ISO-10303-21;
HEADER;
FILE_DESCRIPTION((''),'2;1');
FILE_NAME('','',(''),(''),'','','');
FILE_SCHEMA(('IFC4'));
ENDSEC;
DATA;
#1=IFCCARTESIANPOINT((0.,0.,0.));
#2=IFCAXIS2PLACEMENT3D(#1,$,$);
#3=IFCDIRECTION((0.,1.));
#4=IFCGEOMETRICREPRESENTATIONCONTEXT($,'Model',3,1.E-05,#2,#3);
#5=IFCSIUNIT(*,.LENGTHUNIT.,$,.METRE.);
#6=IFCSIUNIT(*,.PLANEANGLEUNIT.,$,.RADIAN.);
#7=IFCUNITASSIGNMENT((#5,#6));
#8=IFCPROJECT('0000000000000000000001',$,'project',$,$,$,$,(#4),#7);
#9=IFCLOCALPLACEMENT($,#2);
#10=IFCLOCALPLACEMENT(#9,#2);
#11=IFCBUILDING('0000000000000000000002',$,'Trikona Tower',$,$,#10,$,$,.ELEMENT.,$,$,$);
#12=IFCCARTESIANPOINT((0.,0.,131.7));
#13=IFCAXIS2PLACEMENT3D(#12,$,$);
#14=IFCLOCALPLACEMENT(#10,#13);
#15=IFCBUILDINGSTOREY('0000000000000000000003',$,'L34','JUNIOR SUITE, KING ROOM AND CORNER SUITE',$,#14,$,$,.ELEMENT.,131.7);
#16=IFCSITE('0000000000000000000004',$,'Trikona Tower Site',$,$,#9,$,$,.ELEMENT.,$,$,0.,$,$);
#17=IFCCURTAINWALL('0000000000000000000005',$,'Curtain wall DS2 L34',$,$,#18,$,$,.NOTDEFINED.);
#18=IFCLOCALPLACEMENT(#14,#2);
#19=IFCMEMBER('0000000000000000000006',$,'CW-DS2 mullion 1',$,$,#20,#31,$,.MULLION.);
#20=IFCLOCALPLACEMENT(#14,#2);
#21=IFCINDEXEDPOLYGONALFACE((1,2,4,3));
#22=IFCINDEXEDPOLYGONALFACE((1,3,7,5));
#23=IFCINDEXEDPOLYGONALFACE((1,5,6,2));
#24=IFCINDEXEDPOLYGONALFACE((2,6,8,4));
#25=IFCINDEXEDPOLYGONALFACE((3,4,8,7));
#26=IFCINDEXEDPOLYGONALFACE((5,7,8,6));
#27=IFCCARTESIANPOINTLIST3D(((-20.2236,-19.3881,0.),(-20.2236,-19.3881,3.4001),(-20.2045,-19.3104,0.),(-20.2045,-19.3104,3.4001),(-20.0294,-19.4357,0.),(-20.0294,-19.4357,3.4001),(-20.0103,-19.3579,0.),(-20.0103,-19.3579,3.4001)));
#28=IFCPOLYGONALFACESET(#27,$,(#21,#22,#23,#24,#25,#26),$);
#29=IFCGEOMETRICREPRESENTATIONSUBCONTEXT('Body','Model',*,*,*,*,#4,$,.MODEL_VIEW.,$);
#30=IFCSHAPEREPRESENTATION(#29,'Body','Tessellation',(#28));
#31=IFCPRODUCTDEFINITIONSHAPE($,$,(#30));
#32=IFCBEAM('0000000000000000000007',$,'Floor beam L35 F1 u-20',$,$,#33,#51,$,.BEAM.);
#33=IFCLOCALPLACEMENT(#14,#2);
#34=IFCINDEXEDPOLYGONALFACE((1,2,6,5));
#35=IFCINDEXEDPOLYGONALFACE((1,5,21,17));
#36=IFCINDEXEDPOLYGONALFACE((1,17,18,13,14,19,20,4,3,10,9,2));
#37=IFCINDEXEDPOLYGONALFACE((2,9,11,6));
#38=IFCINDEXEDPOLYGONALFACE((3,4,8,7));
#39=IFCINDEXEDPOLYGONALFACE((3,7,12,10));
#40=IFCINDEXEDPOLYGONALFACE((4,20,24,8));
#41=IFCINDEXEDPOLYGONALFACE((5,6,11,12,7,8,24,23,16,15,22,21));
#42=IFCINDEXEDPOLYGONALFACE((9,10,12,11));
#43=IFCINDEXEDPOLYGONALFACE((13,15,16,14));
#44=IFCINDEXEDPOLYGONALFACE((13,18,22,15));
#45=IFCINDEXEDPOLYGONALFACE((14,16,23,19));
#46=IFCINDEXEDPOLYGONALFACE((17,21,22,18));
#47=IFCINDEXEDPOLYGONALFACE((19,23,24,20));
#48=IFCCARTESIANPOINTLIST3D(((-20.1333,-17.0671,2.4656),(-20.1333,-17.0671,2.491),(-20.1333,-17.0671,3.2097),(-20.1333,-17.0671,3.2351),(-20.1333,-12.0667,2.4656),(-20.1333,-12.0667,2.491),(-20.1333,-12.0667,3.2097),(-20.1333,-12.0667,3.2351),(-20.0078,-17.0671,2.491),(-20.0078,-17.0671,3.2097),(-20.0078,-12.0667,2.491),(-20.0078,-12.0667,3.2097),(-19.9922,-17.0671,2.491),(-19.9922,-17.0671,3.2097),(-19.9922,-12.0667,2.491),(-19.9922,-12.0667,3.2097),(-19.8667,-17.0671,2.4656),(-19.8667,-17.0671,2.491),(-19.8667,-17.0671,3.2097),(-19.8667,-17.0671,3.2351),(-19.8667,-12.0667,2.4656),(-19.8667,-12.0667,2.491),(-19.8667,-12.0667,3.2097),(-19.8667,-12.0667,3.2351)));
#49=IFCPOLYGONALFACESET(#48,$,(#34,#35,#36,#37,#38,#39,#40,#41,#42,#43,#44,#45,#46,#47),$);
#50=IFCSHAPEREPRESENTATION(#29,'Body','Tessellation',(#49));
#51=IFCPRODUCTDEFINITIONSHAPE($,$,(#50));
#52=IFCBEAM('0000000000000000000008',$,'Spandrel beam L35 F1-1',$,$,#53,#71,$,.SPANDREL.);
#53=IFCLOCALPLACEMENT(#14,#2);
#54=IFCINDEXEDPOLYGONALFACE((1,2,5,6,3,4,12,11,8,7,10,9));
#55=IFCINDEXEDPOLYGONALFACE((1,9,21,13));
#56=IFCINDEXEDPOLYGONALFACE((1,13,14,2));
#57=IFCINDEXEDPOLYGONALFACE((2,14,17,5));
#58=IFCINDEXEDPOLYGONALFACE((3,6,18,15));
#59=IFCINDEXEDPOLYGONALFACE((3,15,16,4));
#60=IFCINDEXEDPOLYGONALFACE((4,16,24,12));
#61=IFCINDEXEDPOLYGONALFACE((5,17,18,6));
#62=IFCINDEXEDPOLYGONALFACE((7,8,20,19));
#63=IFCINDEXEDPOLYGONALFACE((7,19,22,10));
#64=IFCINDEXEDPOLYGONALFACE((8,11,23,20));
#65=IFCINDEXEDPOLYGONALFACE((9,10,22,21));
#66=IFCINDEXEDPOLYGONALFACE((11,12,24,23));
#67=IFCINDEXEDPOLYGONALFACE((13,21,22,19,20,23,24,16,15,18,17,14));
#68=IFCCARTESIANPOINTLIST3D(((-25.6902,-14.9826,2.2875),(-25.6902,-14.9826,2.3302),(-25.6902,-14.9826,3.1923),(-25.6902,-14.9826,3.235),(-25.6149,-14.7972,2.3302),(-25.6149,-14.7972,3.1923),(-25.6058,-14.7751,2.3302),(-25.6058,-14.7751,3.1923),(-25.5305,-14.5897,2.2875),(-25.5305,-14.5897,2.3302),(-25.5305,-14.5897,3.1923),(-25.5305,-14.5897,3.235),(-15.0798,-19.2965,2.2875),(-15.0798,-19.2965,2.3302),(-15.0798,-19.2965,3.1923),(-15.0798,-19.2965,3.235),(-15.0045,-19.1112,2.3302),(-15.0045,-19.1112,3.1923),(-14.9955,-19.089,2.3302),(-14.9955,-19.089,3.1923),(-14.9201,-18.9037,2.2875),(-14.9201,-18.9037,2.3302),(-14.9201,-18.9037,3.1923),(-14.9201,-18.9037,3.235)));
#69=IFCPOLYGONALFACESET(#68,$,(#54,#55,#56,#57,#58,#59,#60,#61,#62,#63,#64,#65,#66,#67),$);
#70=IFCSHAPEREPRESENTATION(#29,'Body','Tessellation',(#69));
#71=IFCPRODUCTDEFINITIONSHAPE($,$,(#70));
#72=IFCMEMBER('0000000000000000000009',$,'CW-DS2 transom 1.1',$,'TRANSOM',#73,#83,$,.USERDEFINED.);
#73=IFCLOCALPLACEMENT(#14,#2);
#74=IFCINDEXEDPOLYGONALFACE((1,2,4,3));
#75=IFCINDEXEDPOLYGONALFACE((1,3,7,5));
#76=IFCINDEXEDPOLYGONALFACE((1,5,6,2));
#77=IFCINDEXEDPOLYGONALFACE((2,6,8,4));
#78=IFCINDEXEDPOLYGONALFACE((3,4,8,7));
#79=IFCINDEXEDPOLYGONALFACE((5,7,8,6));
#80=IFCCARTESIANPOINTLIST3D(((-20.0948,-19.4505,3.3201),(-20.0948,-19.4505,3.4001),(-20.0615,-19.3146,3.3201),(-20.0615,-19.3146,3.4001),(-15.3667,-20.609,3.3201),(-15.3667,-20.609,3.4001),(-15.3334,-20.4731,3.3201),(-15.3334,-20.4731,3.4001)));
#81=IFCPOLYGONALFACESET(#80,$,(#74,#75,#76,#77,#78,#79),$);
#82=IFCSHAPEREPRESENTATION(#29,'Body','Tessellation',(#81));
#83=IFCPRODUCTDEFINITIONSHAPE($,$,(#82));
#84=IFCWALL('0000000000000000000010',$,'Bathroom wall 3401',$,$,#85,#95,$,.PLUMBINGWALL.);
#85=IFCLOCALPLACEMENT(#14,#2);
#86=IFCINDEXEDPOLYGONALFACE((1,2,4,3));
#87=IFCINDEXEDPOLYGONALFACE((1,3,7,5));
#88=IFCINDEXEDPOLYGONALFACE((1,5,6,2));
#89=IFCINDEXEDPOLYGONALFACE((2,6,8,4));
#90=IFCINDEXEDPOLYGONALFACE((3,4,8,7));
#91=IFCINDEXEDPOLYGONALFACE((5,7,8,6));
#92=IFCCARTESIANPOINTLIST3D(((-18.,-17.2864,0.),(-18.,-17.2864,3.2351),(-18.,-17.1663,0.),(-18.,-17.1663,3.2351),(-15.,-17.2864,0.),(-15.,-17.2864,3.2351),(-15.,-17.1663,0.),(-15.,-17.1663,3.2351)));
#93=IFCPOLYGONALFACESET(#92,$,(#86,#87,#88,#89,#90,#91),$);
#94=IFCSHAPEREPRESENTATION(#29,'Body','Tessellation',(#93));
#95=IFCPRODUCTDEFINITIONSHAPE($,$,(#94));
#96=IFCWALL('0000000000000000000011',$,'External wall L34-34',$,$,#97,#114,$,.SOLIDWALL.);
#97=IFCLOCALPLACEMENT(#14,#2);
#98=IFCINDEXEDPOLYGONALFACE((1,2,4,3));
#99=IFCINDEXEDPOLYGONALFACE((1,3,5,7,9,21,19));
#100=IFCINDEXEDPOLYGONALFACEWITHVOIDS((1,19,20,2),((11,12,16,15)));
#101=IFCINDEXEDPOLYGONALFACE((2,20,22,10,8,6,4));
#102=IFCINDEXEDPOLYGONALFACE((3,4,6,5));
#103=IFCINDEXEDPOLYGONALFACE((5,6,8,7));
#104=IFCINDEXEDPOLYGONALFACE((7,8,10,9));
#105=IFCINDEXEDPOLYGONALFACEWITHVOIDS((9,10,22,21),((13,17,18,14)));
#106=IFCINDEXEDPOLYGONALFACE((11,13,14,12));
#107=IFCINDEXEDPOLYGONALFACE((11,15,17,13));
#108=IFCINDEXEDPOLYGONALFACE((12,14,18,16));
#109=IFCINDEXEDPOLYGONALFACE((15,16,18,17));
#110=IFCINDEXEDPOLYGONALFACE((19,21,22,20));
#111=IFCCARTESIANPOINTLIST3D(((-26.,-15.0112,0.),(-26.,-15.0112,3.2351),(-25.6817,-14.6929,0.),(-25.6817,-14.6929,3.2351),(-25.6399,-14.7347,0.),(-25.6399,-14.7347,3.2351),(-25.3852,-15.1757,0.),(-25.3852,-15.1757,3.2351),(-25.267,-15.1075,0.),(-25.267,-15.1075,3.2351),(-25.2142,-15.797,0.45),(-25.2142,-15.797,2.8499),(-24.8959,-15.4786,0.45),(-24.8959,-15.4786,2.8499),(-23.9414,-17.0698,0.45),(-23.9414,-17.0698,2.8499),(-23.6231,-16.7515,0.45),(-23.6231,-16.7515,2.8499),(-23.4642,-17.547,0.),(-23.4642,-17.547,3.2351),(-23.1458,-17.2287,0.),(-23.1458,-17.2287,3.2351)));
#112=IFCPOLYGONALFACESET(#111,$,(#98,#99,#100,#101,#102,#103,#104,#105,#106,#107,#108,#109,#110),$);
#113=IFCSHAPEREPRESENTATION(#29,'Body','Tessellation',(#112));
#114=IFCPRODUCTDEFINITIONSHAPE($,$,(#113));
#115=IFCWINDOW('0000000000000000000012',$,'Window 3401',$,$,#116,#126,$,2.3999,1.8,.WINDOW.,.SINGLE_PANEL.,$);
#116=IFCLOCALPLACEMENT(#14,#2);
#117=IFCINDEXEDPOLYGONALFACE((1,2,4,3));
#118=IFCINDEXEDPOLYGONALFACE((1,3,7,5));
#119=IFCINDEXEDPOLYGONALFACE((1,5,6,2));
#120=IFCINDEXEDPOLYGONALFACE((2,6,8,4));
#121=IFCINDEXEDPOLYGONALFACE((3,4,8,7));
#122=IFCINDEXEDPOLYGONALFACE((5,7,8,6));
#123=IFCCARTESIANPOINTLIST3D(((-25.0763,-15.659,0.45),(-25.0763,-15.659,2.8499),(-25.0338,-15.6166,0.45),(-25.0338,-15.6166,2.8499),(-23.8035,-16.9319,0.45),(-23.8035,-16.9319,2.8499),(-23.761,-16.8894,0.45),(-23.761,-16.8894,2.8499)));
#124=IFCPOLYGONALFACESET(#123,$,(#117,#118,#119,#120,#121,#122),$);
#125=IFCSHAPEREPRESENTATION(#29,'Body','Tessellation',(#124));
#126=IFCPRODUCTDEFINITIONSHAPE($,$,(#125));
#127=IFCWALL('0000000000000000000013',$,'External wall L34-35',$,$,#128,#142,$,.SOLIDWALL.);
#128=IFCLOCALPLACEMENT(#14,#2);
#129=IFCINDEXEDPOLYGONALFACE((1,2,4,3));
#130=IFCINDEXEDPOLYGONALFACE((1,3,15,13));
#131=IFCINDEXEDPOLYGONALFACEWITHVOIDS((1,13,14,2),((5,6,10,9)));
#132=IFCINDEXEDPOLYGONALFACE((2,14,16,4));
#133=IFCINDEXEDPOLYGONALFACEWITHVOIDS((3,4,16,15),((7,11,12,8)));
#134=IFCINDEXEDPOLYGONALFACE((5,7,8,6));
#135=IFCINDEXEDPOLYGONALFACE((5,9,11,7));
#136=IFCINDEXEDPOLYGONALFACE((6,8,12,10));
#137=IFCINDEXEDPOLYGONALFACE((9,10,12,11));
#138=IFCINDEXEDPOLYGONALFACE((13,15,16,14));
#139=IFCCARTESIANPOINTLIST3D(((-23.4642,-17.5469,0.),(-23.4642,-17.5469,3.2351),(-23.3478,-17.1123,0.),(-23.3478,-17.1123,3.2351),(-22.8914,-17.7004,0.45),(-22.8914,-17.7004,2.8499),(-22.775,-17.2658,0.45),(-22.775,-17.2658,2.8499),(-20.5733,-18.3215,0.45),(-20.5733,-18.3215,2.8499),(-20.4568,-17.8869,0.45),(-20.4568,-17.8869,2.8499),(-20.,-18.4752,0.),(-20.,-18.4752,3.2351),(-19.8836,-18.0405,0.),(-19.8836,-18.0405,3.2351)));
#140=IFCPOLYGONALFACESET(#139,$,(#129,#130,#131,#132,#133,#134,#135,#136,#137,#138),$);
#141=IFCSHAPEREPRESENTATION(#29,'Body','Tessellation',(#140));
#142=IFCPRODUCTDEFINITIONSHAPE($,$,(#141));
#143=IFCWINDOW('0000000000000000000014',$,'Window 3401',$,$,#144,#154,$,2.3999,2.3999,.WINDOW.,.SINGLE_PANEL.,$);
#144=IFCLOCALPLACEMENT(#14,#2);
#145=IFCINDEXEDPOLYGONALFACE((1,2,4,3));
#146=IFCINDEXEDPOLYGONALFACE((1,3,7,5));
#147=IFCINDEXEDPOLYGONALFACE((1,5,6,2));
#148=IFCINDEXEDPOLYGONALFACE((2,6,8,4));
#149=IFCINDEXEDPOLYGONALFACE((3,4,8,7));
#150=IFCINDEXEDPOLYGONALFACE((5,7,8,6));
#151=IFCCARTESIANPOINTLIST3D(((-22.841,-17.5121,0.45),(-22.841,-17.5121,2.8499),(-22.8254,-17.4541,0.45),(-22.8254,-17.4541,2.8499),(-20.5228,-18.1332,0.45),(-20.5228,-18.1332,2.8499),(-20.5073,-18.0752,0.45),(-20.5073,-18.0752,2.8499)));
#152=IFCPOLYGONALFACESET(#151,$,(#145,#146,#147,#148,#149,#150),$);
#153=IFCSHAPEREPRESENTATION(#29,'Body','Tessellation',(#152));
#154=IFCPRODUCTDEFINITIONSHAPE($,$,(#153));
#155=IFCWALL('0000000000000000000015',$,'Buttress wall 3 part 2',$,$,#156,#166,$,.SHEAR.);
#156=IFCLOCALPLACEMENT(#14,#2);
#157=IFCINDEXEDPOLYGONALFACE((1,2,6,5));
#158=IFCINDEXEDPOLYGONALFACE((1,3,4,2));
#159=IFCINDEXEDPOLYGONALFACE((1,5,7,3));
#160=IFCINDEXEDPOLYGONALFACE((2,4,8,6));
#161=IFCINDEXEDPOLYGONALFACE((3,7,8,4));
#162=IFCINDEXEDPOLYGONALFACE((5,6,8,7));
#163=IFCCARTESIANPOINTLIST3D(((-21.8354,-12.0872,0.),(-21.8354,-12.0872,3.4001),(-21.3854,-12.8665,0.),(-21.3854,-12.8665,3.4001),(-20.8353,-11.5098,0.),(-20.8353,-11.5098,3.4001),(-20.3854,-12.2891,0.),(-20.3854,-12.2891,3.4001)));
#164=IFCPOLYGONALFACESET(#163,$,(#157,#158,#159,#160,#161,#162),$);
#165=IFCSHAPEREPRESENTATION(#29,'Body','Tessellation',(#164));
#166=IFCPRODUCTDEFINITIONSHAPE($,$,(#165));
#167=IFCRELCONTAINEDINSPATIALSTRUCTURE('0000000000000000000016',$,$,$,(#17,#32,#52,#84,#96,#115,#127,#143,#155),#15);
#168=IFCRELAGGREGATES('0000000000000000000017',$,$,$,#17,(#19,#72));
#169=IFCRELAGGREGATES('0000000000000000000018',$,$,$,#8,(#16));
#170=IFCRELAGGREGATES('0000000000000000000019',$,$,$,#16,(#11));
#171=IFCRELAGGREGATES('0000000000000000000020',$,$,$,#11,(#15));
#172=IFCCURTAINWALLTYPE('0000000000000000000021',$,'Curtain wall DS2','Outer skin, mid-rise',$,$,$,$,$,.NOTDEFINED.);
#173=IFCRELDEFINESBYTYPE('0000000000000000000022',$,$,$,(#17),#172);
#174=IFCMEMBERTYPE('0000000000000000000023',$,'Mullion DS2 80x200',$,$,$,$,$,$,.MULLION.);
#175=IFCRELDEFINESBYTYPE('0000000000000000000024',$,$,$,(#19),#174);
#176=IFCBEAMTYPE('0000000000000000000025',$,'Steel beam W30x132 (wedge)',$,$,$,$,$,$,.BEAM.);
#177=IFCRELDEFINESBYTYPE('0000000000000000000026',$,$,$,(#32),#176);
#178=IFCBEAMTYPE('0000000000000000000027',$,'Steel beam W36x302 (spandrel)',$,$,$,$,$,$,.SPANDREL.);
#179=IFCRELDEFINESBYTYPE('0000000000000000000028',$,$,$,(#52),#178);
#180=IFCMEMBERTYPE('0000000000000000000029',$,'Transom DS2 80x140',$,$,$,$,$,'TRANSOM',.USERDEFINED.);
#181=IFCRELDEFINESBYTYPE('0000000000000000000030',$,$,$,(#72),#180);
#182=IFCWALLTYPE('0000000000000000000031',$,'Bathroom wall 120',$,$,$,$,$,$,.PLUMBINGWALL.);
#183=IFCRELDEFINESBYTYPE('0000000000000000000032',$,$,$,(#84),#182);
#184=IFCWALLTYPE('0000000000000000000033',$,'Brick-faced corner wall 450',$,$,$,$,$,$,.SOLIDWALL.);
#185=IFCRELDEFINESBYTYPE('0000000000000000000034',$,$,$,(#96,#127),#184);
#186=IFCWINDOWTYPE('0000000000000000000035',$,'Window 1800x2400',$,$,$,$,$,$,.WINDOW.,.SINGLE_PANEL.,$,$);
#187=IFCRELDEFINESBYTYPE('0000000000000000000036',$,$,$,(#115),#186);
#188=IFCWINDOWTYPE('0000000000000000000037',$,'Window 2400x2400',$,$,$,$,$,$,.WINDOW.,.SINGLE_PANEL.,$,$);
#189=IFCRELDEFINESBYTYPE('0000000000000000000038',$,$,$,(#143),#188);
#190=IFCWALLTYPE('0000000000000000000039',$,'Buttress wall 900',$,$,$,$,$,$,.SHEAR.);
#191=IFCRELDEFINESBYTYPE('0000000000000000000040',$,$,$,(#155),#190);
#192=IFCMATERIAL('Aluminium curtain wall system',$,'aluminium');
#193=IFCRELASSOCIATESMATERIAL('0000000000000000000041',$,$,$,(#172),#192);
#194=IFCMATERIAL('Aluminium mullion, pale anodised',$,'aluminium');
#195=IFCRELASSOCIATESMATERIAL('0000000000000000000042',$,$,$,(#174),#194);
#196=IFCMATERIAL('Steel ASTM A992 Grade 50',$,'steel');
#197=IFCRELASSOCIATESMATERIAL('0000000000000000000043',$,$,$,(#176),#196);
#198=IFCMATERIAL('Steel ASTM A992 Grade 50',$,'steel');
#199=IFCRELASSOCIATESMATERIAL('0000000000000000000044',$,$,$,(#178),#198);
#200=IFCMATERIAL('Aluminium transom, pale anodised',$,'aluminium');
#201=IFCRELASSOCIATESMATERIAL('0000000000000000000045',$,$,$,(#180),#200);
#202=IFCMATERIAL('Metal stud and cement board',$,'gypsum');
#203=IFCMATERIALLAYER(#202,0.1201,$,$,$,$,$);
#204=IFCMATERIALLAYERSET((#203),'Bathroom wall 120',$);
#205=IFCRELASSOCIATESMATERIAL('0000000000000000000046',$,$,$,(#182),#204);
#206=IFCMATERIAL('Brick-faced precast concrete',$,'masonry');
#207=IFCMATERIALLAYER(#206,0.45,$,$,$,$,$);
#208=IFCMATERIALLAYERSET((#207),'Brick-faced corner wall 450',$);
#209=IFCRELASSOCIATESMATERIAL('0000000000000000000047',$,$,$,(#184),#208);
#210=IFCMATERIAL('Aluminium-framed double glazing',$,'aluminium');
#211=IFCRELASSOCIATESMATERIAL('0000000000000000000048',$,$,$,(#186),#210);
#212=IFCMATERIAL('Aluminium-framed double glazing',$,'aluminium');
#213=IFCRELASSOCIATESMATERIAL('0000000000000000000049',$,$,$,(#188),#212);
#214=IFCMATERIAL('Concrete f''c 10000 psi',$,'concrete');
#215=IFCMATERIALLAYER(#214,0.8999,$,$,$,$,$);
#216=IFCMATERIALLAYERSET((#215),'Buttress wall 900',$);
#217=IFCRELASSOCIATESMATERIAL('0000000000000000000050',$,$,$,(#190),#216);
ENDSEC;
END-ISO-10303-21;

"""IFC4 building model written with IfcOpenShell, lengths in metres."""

from ifc_helpers import new_model, si_unit, direction, frame, frame_2d, origin, origin_2d, place, context, subcontext, project, spatial, polyline, rectangle, i_section, outline, extrude, material, layer, layer_set, material_profile, profile_set, type_object, element, fill, aggregate, save


model = new_model("IFC4")

# Units and contexts
model_context = context("Model", 3, precision=1e-05, world=origin(), true_north=direction((0.0, 1.0)))
body_context = subcontext(model_context, "Body", "Model", "MODEL_VIEW")
ifc_project = project(units=[si_unit("LENGTHUNIT", "METRE"), si_unit("PLANEANGLEUNIT", "RADIAN")], contexts=[model_context])

# Site, building, storey
site_placement = place(None, origin())
site = spatial("IfcSite", under=ifc_project, at=site_placement, Name="Trikona Tower Site", CompositionType="ELEMENT", RefElevation=0.0)
building_placement = place(site_placement, origin())
building = spatial("IfcBuilding", under=site, at=building_placement, Name="Trikona Tower", CompositionType="ELEMENT")
storey_placement = place(building_placement, frame((0.0, 0.0, 131.7)))
storey = spatial("IfcBuildingStorey", under=building, at=storey_placement, Name="L34", Description="JUNIOR SUITE, KING ROOM AND CORNER SUITE", CompositionType="ELEMENT", Elevation=131.7)

# Curtain wall, member
ifc_material_1 = material(Name="Aluminium curtain wall system", Category="aluminium")
curtain_wall_type = type_object("IfcCurtainWallType", Name="Curtain wall DS2", Description="Outer skin, mid-rise", PredefinedType="NOTDEFINED", material=ifc_material_1)
curtain_wall_placement = place(storey_placement, origin())
curtain_wall = element("IfcCurtainWall", 1, at=curtain_wall_placement, inside=storey, type_object=curtain_wall_type, Name="Curtain wall DS2 L34", PredefinedType="NOTDEFINED")
ifc_material_2 = material(Name="Aluminium mullion, pale anodised", Category="aluminium")
ifc_material_profile_1 = material_profile(ifc_material_2, rectangle(XDim=0.0801, YDim=0.2, at=origin_2d()), Name="MUL-DS2")
ifc_profile_set_1 = profile_set([ifc_material_profile_1], Name="Aluminium mullion, pale anodised")
member_type_1 = type_object("IfcMemberType", Name="Mullion DS2 80x200", PredefinedType="MULLION", material=ifc_profile_set_1)
member_1_placement = place(storey_placement, frame((-20.1169, -19.373, 0.0), z_axis=(0.0, 0.0, 1.0), x_axis=(0.23797, 0.971272, 0.0)))
member_1 = element("IfcMember", 2, at=member_1_placement, type_object=member_type_1, Name="CW-DS2 mullion 1", PredefinedType="MULLION", context=body_context, shape_type="SweptSolid", body=[
    extrude(rectangle(XDim=0.0801, YDim=0.2, at=origin_2d()), origin(), (0.0, 0.0, 1.0), 3.4001),
])

# Beams
ifc_material_3 = material(Name="Steel ASTM A992 Grade 50", Category="steel")
ifc_material_profile_2 = material_profile(ifc_material_3, i_section(OverallWidth=0.2666, OverallDepth=0.7695, WebThickness=0.0156, FlangeThickness=0.0254, at=origin_2d()), Name="W30X132")
ifc_profile_set_2 = profile_set([ifc_material_profile_2], Name="Steel ASTM A992 Grade 50")
beam_type_1 = type_object("IfcBeamType", Name="Steel beam W30x132 (wedge)", PredefinedType="BEAM", material=ifc_profile_set_2)
beam_1_placement = place(storey_placement, frame((-20.0, -12.0667, 2.8503), z_axis=(0.0, -1.0, 0.0), x_axis=(1.0, 0.0, 0.0)))
element("IfcBeam", 3, at=beam_1_placement, inside=storey, type_object=beam_type_1, Name="Floor beam L35 F1 u-20", PredefinedType="BEAM", context=body_context, shape_type="SweptSolid", body=[
    extrude(i_section(OverallWidth=0.2666, OverallDepth=0.7695, WebThickness=0.0156, FlangeThickness=0.0254, at=origin_2d()), origin(), (0.0, 0.0, 1.0), 5.0005),
])
ifc_material_4 = material(Name="Steel ASTM A992 Grade 50", Category="steel")
ifc_material_profile_3 = material_profile(ifc_material_4, i_section(OverallWidth=0.4241, OverallDepth=0.9475, WebThickness=0.0239, FlangeThickness=0.0427, at=origin_2d()), Name="W36X302")
ifc_profile_set_3 = profile_set([ifc_material_profile_3], Name="Steel ASTM A992 Grade 50")
beam_type_2 = type_object("IfcBeamType", Name="Steel beam W36x302 (spandrel)", PredefinedType="SPANDREL", material=ifc_profile_set_3)
beam_2_placement = place(storey_placement, frame((-25.6104, -14.7861, 2.7612), z_axis=(0.92636, -0.37664, 0.0), x_axis=(0.37664, 0.92636, 0.0)))
element("IfcBeam", 4, at=beam_2_placement, inside=storey, type_object=beam_type_2, Name="Spandrel beam L35 F1-1", PredefinedType="SPANDREL", context=body_context, shape_type="SweptSolid", body=[
    extrude(i_section(OverallWidth=0.4241, OverallDepth=0.9475, WebThickness=0.0239, FlangeThickness=0.0427, at=origin_2d()), origin(), (0.0, 0.0, 1.0), 11.4539),
])

# Member
ifc_material_5 = material(Name="Aluminium transom, pale anodised", Category="aluminium")
ifc_material_profile_4 = material_profile(ifc_material_5, rectangle(XDim=0.1399, YDim=0.0801, at=origin_2d()), Name="TRN-DS2")
ifc_profile_set_4 = profile_set([ifc_material_profile_4], Name="Aluminium transom, pale anodised")
member_type_2 = type_object("IfcMemberType", Name="Transom DS2 80x140", ElementType="TRANSOM", PredefinedType="USERDEFINED", material=ifc_profile_set_4)
member_2_placement = place(storey_placement, frame((-20.0781, -19.3826, 3.3601), z_axis=(0.971271, -0.237978, 0.0), x_axis=(0.237978, 0.971271, 0.0)))
member_2 = element("IfcMember", 5, at=member_2_placement, type_object=member_type_2, Name="CW-DS2 transom 1.1", ObjectType="TRANSOM", PredefinedType="USERDEFINED", context=body_context, shape_type="SweptSolid", body=[
    extrude(rectangle(XDim=0.1399, YDim=0.0801, at=origin_2d()), origin(), (0.0, 0.0, 1.0), 4.8679),
])
aggregate(curtain_wall, [member_1, member_2])

# Wall
ifc_material_6 = material(Name="Metal stud and cement board", Category="gypsum")
ifc_layer_1 = layer(ifc_material_6, 0.1201)
ifc_layer_set_1 = layer_set([ifc_layer_1], Name="Bathroom wall 120")
wall_type_1 = type_object("IfcWallType", Name="Bathroom wall 120", PredefinedType="PLUMBINGWALL", material=ifc_layer_set_1)
wall_1_placement = place(storey_placement, frame((-18.0, -17.2263, 0.0), z_axis=(0.0, 0.0, 1.0), x_axis=(1.0, 0.0, 0.0)))
element("IfcWall", 6, at=wall_1_placement, inside=storey, type_object=wall_type_1, Name="Bathroom wall 3401", PredefinedType="PLUMBINGWALL", context=body_context, shape_type="SweptSolid", body=[
    extrude(rectangle(XDim=3.0, YDim=0.1201, at=frame_2d((1.5, 0.0))), origin(), (0.0, 0.0, 1.0), 3.2351),
])

# Walls, openings, windows
ifc_material_7 = material(Name="Brick-faced precast concrete", Category="masonry")
ifc_layer_2 = layer(ifc_material_7, 0.45)
ifc_layer_set_2 = layer_set([ifc_layer_2], Name="Brick-faced corner wall 450")
wall_type_2 = type_object("IfcWallType", Name="Brick-faced corner wall 450", PredefinedType="SOLIDWALL", material=ifc_layer_set_2)
wall_2_placement = place(storey_placement, frame((-25.8408, -14.8521, 0.0), z_axis=(0.0, 0.0, 1.0), x_axis=(0.707107, -0.707107, 0.0)))
wall_2 = element("IfcWall", 7, at=wall_2_placement, inside=storey, type_object=wall_type_2, Name="External wall L34-34", PredefinedType="SOLIDWALL", context=body_context, shape_type="SweptSolid", body=[
    extrude(outline(polyline([(3.5862, 0.2251), (0.5864, 0.2251), (0.551, 0.0933), (0.0591, 0.2251), (0.0, 0.2251), (0.0, -0.2251), (3.5862, -0.2251), (3.5862, 0.2251)])), origin(), (0.0, 0.0, 1.0), 3.2351),
])
opening_1_placement = place(wall_2_placement, frame((1.1113, 0.0, 0.45)))
opening_1 = element("IfcOpeningElement", 8, at=opening_1_placement, cuts=wall_2, PredefinedType="OPENING", context=body_context, shape_type="SweptSolid", body=[
    extrude(rectangle(XDim=1.8, YDim=2.3999, at=frame_2d((0.8999, 1.2))), frame((0.0, 0.2349, 0.0), z_axis=(0.0, -1.0, 0.0), x_axis=(1.0, 0.0, 0.0)), (0.0, 0.0, 1.0), 0.47),
])
ifc_material_8 = material(Name="Aluminium-framed double glazing", Category="aluminium")
window_type_1 = type_object("IfcWindowType", Name="Window 1800x2400", PartitioningType="SINGLE_PANEL", PredefinedType="WINDOW", material=ifc_material_8)
window_1_placement = place(opening_1_placement, origin())
window_1 = element("IfcWindow", 9, at=window_1_placement, inside=storey, type_object=window_type_1, Name="Window 3401", OverallHeight=2.3999, OverallWidth=1.8, PartitioningType="SINGLE_PANEL", PredefinedType="WINDOW", context=body_context, shape_type="SweptSolid", body=[
    extrude(rectangle(XDim=1.8, YDim=2.3999, at=frame_2d((0.8999, 1.2))), frame((0.0, 0.03, 0.0), z_axis=(0.0, -1.0, 0.0), x_axis=(1.0, 0.0, 0.0)), (0.0, 0.0, 1.0), 0.0601),
])
fill(opening_1, window_1)
wall_3_placement = place(storey_placement, frame((-23.406, -17.3296, 0.0), z_axis=(0.0, 0.0, 1.0), x_axis=(0.965925, -0.258823, 0.0)))
wall_3 = element("IfcWall", 10, at=wall_3_placement, inside=storey, type_object=wall_type_2, Name="External wall L34-35", PredefinedType="SOLIDWALL", context=body_context, shape_type="SweptSolid", body=[
    extrude(rectangle(XDim=3.5864, YDim=0.45, at=frame_2d((1.7932, 0.0))), origin(), (0.0, 0.0, 1.0), 3.2351),
])
opening_2_placement = place(wall_3_placement, frame((0.593, 0.0, 0.45)))
opening_2 = element("IfcOpeningElement", 11, at=opening_2_placement, cuts=wall_3, PredefinedType="OPENING", context=body_context, shape_type="SweptSolid", body=[
    extrude(rectangle(XDim=2.3999, YDim=2.3999, at=frame_2d((1.2, 1.2))), frame((0.0, 0.2349, 0.0), z_axis=(0.0, -1.0, 0.0), x_axis=(1.0, 0.0, 0.0)), (0.0, 0.0, 1.0), 0.47),
])
ifc_material_9 = material(Name="Aluminium-framed double glazing", Category="aluminium")
window_type_2 = type_object("IfcWindowType", Name="Window 2400x2400", PartitioningType="SINGLE_PANEL", PredefinedType="WINDOW", material=ifc_material_9)
window_2_placement = place(opening_2_placement, origin())
window_2 = element("IfcWindow", 12, at=window_2_placement, inside=storey, type_object=window_type_2, Name="Window 3401", OverallHeight=2.3999, OverallWidth=2.3999, PartitioningType="SINGLE_PANEL", PredefinedType="WINDOW", context=body_context, shape_type="SweptSolid", body=[
    extrude(rectangle(XDim=2.3999, YDim=2.3999, at=frame_2d((1.2, 1.2))), frame((0.0, 0.03, 0.0), z_axis=(0.0, -1.0, 0.0), x_axis=(1.0, 0.0, 0.0)), (0.0, 0.0, 1.0), 0.0601),
])
fill(opening_2, window_2)

# Wall
ifc_material_10 = material(Name="Concrete f'c 10000 psi", Category="concrete")
ifc_layer_3 = layer(ifc_material_10, 0.8999)
ifc_layer_set_3 = layer_set([ifc_layer_3], Name="Buttress wall 900")
wall_type_3 = type_object("IfcWallType", Name="Buttress wall 900", PredefinedType="SHEAR", material=ifc_layer_set_3)
wall_4_placement = place(storey_placement, frame((-20.6104, -11.8994, 0.0), z_axis=(0.0, 0.0, 1.0), x_axis=(-0.86601, -0.500027, 0.0)))
element("IfcWall", 13, at=wall_4_placement, inside=storey, type_object=wall_type_3, Name="Buttress wall 3 part 2", PredefinedType="SHEAR", context=body_context, shape_type="SweptSolid", body=[
    extrude(rectangle(XDim=1.1548, YDim=0.8999, at=frame_2d((0.5774, 0.0))), origin(), (0.0, 0.0, 1.0), 3.4001),
])

save(model, "model.ifc")
